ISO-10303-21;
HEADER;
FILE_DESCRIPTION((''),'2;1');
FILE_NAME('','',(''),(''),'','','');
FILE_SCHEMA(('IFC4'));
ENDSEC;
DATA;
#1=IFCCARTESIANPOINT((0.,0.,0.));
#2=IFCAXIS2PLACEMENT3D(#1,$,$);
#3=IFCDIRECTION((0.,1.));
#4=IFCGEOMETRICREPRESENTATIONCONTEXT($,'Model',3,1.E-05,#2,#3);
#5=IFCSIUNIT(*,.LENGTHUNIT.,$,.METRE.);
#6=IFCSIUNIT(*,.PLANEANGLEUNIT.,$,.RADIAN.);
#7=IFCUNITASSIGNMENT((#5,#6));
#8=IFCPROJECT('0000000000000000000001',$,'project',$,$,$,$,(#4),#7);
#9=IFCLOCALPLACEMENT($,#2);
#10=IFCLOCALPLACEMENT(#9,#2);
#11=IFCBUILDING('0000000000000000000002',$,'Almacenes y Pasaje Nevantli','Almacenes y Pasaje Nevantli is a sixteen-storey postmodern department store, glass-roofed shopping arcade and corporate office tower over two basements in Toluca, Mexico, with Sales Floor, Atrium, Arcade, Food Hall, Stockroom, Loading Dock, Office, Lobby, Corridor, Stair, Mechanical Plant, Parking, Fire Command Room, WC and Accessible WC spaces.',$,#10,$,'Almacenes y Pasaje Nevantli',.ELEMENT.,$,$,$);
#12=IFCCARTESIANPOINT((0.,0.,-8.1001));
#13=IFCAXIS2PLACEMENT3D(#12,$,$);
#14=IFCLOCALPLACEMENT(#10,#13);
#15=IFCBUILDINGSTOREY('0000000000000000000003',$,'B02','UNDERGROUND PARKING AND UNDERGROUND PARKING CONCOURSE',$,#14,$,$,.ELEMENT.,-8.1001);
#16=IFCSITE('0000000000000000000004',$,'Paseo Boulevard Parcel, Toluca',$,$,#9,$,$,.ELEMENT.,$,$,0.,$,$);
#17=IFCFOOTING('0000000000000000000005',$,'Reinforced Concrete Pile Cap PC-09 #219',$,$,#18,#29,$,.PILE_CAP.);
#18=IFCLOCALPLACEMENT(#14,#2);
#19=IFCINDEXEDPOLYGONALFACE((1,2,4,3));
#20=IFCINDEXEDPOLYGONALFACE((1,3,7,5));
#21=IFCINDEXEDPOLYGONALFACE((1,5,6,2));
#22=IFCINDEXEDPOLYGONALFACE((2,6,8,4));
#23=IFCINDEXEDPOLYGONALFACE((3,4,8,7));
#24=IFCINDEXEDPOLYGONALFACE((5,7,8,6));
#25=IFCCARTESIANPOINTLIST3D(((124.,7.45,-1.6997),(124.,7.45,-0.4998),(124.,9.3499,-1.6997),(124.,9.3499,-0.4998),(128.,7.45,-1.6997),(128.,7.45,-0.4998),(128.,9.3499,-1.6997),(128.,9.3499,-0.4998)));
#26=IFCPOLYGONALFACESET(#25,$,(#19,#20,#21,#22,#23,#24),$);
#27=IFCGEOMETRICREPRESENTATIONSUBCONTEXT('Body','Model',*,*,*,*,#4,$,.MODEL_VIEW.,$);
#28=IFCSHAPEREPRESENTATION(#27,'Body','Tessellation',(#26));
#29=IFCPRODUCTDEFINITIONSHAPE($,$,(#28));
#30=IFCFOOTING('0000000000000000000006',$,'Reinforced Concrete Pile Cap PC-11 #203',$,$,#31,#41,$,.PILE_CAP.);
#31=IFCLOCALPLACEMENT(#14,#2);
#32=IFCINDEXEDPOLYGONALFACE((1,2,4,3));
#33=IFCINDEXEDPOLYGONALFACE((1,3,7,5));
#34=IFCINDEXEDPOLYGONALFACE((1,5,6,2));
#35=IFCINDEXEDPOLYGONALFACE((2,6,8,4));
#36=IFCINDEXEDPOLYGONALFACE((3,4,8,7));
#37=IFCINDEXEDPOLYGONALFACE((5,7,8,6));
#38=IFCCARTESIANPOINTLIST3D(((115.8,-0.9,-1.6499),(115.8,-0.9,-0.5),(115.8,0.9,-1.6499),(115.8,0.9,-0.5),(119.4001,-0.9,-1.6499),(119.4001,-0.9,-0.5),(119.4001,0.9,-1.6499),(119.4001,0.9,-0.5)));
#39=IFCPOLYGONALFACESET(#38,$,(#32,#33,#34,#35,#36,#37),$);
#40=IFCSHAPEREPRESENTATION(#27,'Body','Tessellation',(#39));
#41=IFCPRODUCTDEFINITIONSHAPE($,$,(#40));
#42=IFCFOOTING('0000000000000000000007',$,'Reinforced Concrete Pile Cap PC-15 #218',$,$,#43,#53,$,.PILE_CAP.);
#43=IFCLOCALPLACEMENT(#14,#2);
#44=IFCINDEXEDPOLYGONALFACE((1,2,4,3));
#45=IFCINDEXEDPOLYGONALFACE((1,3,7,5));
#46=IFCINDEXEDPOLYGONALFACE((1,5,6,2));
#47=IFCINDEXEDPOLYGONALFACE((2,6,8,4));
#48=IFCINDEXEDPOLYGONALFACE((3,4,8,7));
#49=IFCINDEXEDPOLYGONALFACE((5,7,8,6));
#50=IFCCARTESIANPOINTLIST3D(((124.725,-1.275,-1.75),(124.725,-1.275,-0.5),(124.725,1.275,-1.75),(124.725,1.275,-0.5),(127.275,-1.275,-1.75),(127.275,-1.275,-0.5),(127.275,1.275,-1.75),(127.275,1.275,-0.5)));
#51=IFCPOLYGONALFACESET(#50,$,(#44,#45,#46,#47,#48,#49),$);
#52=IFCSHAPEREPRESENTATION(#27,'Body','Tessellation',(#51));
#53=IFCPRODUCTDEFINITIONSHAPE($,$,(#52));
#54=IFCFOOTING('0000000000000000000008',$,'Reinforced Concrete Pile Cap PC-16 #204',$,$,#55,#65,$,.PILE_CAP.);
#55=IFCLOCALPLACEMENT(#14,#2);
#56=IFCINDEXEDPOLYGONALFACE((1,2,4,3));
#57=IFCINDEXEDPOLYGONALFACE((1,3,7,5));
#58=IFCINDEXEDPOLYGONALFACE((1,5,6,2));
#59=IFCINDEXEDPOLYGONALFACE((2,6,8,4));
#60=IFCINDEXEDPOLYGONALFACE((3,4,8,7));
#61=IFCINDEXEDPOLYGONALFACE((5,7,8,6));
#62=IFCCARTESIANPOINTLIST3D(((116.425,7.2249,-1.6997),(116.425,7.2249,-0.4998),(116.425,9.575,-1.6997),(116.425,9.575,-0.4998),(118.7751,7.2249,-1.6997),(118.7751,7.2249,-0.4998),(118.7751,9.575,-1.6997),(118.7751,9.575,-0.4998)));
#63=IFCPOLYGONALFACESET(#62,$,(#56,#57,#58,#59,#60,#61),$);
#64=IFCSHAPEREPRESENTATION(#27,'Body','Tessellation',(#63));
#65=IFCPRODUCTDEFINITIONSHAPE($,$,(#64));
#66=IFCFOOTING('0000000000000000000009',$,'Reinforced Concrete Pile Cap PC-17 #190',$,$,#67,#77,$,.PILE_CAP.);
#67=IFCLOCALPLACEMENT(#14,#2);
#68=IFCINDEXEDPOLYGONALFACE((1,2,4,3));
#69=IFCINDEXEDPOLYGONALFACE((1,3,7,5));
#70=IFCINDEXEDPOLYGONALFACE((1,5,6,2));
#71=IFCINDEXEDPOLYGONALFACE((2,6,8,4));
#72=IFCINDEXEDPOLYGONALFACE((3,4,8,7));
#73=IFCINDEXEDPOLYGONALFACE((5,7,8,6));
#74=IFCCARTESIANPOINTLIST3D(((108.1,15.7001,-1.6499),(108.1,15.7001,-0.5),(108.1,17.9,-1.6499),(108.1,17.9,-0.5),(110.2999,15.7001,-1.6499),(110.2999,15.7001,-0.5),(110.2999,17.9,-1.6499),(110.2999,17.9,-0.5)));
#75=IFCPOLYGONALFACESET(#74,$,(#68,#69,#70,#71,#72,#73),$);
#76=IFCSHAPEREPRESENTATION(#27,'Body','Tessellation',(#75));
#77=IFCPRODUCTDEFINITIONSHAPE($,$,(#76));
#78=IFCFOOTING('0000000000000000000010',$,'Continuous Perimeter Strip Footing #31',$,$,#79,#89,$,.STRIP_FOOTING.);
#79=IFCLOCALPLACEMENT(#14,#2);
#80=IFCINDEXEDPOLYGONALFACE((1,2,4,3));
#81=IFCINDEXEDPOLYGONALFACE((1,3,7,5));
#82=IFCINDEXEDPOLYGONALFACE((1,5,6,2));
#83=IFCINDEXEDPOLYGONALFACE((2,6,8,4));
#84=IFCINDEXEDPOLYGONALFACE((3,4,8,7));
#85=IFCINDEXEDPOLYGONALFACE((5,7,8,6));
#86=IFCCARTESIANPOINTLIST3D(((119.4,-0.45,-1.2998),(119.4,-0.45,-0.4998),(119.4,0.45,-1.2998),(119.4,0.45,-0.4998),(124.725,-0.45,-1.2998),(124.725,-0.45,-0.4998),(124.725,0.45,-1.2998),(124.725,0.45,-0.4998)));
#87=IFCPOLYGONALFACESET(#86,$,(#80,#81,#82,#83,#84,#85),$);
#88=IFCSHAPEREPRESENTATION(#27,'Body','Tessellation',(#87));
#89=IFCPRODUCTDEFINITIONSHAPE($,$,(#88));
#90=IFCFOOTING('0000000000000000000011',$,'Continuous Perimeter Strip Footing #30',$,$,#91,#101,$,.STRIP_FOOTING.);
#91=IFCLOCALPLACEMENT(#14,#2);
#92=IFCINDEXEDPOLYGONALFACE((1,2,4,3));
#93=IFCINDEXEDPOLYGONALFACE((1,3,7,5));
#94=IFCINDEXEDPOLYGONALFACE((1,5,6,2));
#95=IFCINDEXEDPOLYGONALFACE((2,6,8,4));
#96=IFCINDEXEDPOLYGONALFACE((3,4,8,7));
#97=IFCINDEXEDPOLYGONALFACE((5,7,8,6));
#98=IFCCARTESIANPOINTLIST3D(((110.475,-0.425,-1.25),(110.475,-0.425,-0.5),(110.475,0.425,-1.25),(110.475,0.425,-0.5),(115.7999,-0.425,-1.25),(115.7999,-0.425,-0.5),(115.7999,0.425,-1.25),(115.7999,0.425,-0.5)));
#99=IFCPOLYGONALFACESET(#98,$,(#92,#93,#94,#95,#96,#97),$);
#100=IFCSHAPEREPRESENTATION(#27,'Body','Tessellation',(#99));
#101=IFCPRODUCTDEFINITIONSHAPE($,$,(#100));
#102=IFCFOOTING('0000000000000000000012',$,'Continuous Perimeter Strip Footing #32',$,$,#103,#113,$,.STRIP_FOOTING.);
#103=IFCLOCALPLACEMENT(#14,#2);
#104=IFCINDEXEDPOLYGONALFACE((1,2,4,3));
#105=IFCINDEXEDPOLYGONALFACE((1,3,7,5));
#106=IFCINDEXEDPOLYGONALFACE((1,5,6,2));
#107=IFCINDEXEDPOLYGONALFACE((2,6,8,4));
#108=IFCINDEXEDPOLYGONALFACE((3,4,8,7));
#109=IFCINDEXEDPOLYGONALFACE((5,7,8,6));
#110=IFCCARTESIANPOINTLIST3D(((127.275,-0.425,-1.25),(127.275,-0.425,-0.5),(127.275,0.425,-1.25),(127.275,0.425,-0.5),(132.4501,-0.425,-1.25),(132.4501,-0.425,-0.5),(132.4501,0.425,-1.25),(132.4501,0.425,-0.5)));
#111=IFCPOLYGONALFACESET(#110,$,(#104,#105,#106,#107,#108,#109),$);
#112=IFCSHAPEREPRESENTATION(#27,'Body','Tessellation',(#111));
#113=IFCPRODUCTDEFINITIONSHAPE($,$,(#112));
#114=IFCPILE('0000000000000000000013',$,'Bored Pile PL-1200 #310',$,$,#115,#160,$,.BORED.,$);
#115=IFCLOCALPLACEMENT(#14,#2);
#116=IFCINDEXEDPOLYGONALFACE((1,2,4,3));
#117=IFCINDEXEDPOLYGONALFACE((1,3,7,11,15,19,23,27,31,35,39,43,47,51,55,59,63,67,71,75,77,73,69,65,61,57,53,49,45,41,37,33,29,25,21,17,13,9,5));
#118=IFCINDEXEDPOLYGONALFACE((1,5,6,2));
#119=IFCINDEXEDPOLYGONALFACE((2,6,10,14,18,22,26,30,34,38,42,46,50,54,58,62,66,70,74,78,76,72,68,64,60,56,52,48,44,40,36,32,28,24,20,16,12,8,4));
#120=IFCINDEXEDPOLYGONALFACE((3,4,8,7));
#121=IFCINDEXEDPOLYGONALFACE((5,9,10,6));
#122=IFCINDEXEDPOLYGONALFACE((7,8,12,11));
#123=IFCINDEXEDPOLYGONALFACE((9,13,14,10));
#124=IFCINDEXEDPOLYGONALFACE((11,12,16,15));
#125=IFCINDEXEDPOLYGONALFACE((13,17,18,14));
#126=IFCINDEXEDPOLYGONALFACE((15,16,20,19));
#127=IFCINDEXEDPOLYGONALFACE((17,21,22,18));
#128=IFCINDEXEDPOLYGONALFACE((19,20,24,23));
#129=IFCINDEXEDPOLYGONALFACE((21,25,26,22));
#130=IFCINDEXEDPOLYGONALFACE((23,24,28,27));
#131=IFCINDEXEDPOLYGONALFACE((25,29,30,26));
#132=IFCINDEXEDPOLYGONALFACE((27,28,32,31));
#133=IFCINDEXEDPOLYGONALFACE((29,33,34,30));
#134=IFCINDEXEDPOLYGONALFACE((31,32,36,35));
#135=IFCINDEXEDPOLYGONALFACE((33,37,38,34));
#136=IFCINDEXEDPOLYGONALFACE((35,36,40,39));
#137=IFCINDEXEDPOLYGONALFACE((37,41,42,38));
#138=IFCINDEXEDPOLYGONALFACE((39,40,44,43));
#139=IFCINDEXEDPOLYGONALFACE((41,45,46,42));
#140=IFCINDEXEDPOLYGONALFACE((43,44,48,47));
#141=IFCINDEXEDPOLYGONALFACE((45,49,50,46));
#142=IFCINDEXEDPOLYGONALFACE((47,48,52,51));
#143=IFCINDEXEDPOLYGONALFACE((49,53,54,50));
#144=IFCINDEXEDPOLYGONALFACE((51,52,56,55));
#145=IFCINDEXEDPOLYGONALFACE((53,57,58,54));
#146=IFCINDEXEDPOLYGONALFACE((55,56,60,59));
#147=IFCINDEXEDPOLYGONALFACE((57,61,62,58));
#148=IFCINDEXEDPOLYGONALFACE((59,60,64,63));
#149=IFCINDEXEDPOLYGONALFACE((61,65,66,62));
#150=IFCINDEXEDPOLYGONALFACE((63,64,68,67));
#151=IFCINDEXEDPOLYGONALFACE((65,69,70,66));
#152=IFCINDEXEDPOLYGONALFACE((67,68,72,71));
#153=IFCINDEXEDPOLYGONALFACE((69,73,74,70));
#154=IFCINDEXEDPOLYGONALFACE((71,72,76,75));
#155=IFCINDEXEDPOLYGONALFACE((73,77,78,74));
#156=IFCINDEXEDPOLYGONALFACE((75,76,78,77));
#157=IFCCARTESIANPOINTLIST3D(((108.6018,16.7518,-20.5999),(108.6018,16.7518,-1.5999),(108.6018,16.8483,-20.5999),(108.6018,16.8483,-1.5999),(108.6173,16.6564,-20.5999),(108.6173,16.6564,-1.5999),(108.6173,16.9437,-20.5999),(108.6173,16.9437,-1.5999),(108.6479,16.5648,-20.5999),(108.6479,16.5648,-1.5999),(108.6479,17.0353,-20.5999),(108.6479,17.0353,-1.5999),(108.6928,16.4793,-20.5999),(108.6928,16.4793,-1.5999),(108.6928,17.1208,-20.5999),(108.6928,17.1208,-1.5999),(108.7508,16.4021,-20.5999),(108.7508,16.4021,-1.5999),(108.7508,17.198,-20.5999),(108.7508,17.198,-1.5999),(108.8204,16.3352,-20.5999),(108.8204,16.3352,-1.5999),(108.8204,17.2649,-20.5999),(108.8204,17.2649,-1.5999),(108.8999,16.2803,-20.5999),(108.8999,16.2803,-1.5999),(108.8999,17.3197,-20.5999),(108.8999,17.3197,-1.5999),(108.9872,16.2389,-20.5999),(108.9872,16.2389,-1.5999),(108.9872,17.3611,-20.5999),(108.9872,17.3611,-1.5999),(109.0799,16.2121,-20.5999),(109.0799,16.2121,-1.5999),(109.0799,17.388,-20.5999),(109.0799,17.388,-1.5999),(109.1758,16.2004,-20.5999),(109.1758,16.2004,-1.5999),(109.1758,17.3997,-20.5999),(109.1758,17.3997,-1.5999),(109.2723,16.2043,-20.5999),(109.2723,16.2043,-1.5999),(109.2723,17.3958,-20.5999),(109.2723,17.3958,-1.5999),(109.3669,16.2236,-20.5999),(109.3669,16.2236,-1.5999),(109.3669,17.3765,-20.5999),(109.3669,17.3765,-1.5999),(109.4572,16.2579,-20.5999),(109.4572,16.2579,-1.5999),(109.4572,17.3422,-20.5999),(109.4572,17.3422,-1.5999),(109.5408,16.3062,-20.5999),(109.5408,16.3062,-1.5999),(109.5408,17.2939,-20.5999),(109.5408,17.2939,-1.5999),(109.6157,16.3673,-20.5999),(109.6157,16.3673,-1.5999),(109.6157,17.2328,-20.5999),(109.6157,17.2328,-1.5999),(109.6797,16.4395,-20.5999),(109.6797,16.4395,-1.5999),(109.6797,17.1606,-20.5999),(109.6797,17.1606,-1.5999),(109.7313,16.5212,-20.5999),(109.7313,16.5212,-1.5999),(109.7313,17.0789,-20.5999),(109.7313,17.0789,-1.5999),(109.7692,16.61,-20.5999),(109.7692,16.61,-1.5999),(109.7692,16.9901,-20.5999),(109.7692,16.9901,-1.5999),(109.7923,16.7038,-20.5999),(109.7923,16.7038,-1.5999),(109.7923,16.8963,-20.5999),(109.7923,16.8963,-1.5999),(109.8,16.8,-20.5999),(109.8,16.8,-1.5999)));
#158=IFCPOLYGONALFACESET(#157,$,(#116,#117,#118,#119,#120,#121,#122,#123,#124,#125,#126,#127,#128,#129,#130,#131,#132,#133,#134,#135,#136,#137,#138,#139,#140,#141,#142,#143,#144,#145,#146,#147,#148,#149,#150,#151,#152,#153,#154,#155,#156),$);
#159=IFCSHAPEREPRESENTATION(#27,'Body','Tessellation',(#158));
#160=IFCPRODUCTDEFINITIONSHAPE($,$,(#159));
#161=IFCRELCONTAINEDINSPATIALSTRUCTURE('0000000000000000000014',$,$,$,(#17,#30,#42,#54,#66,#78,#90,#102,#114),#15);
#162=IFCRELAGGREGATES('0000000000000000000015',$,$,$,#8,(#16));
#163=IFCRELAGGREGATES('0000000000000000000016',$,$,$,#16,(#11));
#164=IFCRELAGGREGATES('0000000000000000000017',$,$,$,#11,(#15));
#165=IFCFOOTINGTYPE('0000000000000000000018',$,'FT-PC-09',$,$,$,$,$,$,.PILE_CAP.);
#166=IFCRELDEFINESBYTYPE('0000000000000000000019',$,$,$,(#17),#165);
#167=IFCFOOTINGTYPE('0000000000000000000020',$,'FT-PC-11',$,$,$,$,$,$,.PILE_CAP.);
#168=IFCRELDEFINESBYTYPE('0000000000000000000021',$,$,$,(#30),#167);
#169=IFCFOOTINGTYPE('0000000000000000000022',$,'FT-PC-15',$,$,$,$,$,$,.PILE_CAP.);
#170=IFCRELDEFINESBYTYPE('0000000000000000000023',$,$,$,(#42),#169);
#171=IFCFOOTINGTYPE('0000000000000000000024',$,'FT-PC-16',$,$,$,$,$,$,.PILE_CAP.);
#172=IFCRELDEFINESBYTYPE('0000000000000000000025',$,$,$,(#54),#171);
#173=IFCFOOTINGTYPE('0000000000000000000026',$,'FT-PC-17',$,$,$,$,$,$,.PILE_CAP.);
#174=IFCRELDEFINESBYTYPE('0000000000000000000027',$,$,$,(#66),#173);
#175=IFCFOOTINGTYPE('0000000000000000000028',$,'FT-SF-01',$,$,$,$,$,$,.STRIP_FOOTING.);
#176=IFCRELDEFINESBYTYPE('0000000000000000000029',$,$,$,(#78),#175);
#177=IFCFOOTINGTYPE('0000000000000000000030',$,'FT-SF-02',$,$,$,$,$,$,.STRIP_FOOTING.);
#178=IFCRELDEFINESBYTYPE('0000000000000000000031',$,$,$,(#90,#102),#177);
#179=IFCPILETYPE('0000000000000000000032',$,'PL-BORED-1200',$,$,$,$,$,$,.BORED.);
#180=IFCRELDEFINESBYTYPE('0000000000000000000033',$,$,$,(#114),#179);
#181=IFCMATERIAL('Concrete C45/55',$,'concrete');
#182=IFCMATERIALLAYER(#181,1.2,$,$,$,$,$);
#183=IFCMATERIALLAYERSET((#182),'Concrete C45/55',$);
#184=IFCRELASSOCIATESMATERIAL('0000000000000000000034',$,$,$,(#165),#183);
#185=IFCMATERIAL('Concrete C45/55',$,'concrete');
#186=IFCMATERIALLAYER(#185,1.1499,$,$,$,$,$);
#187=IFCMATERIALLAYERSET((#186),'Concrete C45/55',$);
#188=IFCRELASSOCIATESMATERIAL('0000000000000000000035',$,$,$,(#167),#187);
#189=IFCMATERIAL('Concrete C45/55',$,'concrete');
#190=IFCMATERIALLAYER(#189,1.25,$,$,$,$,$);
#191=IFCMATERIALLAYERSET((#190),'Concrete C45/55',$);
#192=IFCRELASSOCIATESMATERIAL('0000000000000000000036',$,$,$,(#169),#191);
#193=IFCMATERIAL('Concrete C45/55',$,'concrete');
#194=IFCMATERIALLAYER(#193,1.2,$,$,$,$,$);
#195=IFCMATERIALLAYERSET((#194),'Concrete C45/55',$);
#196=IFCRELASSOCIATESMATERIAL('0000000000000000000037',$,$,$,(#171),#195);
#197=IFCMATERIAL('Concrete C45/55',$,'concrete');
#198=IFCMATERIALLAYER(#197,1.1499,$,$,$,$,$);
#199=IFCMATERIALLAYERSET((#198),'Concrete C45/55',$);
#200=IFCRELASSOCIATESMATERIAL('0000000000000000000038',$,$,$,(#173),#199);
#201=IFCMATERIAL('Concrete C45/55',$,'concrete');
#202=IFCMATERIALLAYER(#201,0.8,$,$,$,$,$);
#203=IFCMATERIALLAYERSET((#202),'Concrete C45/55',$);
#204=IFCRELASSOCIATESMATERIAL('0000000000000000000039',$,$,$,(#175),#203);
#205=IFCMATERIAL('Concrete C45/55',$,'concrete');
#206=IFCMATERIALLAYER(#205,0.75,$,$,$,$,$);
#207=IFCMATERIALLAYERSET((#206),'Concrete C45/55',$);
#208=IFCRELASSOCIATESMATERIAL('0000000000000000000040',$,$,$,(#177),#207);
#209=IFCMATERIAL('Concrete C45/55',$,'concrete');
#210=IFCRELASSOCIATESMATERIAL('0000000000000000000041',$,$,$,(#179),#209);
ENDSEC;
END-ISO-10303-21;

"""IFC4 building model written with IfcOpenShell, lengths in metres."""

from ifc_helpers import new_model, si_unit, direction, frame, origin, origin_2d, place, context, subcontext, project, spatial, rectangle, circle, extrude, material, layer, layer_set, material_profile, profile_set, type_object, element, save


model = new_model("IFC4")

# Units and contexts
model_context = context("Model", 3, precision=1e-05, world=origin(), true_north=direction((0.0, 1.0)))
body_context = subcontext(model_context, "Body", "Model", "MODEL_VIEW")
ifc_project = project(units=[si_unit("LENGTHUNIT", "METRE"), si_unit("PLANEANGLEUNIT", "RADIAN")], contexts=[model_context])

# Site, building, storey
site_placement = place(None, origin())
site = spatial("IfcSite", under=ifc_project, at=site_placement, Name="Paseo Boulevard Parcel, Toluca", CompositionType="ELEMENT", RefElevation=0.0)
building_placement = place(site_placement, origin())
building = spatial("IfcBuilding", under=site, at=building_placement, Name="Almacenes y Pasaje Nevantli", Description="Almacenes y Pasaje Nevantli is a sixteen-storey postmodern department store, glass-roofed shopping arcade and corporate office tower over two basements in Toluca, Mexico, with Sales Floor, Atrium, Arcade, Food Hall, Stockroom, Loading Dock, Office, Lobby, Corridor, Stair, Mechanical Plant, Parking, Fire Command Room, WC and Accessible WC spaces.", LongName="Almacenes y Pasaje Nevantli", CompositionType="ELEMENT")
storey_placement = place(building_placement, frame((0.0, 0.0, -8.1001)))
storey = spatial("IfcBuildingStorey", under=building, at=storey_placement, Name="B02", Description="UNDERGROUND PARKING AND UNDERGROUND PARKING CONCOURSE", CompositionType="ELEMENT", Elevation=-8.1001)

# Footings
ifc_material_1 = material(Name="Concrete C45/55", Category="concrete")
ifc_layer_1 = layer(ifc_material_1, 1.2)
ifc_layer_set_1 = layer_set([ifc_layer_1], Name="Concrete C45/55")
footing_type_1 = type_object("IfcFootingType", Name="FT-PC-09", PredefinedType="PILE_CAP", material=ifc_layer_set_1)
footing_1_placement = place(storey_placement, frame((126.0, 8.3999, -1.6997), z_axis=(0.0, 0.0, 1.0), x_axis=(1.0, 0.0, 0.0)))
element("IfcFooting", 1, at=footing_1_placement, inside=storey, type_object=footing_type_1, Name="Reinforced Concrete Pile Cap PC-09 #219", PredefinedType="PILE_CAP", context=body_context, shape_type="SweptSolid", body=[
    extrude(rectangle(XDim=4.0, YDim=1.8999, at=origin_2d()), origin(), (0.0, 0.0, 1.0), 1.2),
])
ifc_material_2 = material(Name="Concrete C45/55", Category="concrete")
ifc_layer_2 = layer(ifc_material_2, 1.1499)
ifc_layer_set_2 = layer_set([ifc_layer_2], Name="Concrete C45/55")
footing_type_2 = type_object("IfcFootingType", Name="FT-PC-11", PredefinedType="PILE_CAP", material=ifc_layer_set_2)
footing_2_placement = place(storey_placement, frame((117.6001, 0.0, -1.6499), z_axis=(0.0, 0.0, 1.0), x_axis=(1.0, 0.0, 0.0)))
element("IfcFooting", 2, at=footing_2_placement, inside=storey, type_object=footing_type_2, Name="Reinforced Concrete Pile Cap PC-11 #203", PredefinedType="PILE_CAP", context=body_context, shape_type="SweptSolid", body=[
    extrude(rectangle(XDim=3.6001, YDim=1.8, at=origin_2d()), origin(), (0.0, 0.0, 1.0), 1.1499),
])
ifc_material_3 = material(Name="Concrete C45/55", Category="concrete")
ifc_layer_3 = layer(ifc_material_3, 1.25)
ifc_layer_set_3 = layer_set([ifc_layer_3], Name="Concrete C45/55")
footing_type_3 = type_object("IfcFootingType", Name="FT-PC-15", PredefinedType="PILE_CAP", material=ifc_layer_set_3)
footing_3_placement = place(storey_placement, frame((126.0, 0.0, -1.75), z_axis=(0.0, 0.0, 1.0), x_axis=(1.0, 0.0, 0.0)))
element("IfcFooting", 3, at=footing_3_placement, inside=storey, type_object=footing_type_3, Name="Reinforced Concrete Pile Cap PC-15 #218", PredefinedType="PILE_CAP", context=body_context, shape_type="SweptSolid", body=[
    extrude(rectangle(XDim=2.55, YDim=2.55, at=origin_2d()), origin(), (0.0, 0.0, 1.0), 1.25),
])
ifc_material_4 = material(Name="Concrete C45/55", Category="concrete")
ifc_layer_4 = layer(ifc_material_4, 1.2)
ifc_layer_set_4 = layer_set([ifc_layer_4], Name="Concrete C45/55")
footing_type_4 = type_object("IfcFootingType", Name="FT-PC-16", PredefinedType="PILE_CAP", material=ifc_layer_set_4)
footing_4_placement = place(storey_placement, frame((117.6001, 8.3999, -1.6997), z_axis=(0.0, 0.0, 1.0), x_axis=(1.0, 0.0, 0.0)))
element("IfcFooting", 4, at=footing_4_placement, inside=storey, type_object=footing_type_4, Name="Reinforced Concrete Pile Cap PC-16 #204", PredefinedType="PILE_CAP", context=body_context, shape_type="SweptSolid", body=[
    extrude(rectangle(XDim=2.3501, YDim=2.3501, at=origin_2d()), origin(), (0.0, 0.0, 1.0), 1.2),
])
ifc_material_5 = material(Name="Concrete C45/55", Category="concrete")
ifc_layer_5 = layer(ifc_material_5, 1.1499)
ifc_layer_set_5 = layer_set([ifc_layer_5], Name="Concrete C45/55")
footing_type_5 = type_object("IfcFootingType", Name="FT-PC-17", PredefinedType="PILE_CAP", material=ifc_layer_set_5)
footing_5_placement = place(storey_placement, frame((109.2, 16.8, -1.6499), z_axis=(0.0, 0.0, 1.0), x_axis=(1.0, 0.0, 0.0)))
element("IfcFooting", 5, at=footing_5_placement, inside=storey, type_object=footing_type_5, Name="Reinforced Concrete Pile Cap PC-17 #190", PredefinedType="PILE_CAP", context=body_context, shape_type="SweptSolid", body=[
    extrude(rectangle(XDim=2.2, YDim=2.2, at=origin_2d()), origin(), (0.0, 0.0, 1.0), 1.1499),
])
ifc_material_6 = material(Name="Concrete C45/55", Category="concrete")
ifc_layer_6 = layer(ifc_material_6, 0.8)
ifc_layer_set_6 = layer_set([ifc_layer_6], Name="Concrete C45/55")
footing_type_6 = type_object("IfcFootingType", Name="FT-SF-01", PredefinedType="STRIP_FOOTING", material=ifc_layer_set_6)
footing_6_placement = place(storey_placement, frame((122.0625, 0.0, -1.2998), z_axis=(0.0, 0.0, 1.0), x_axis=(1.0, 0.0, 0.0)))
element("IfcFooting", 6, at=footing_6_placement, inside=storey, type_object=footing_type_6, Name="Continuous Perimeter Strip Footing #31", PredefinedType="STRIP_FOOTING", context=body_context, shape_type="SweptSolid", body=[
    extrude(rectangle(XDim=5.325, YDim=0.8999, at=origin_2d()), origin(), (0.0, 0.0, 1.0), 0.8),
])
ifc_material_7 = material(Name="Concrete C45/55", Category="concrete")
ifc_layer_7 = layer(ifc_material_7, 0.75)
ifc_layer_set_7 = layer_set([ifc_layer_7], Name="Concrete C45/55")
footing_type_7 = type_object("IfcFootingType", Name="FT-SF-02", PredefinedType="STRIP_FOOTING", material=ifc_layer_set_7)
footing_7_placement = place(storey_placement, frame((113.1375, 0.0, -1.25), z_axis=(0.0, 0.0, 1.0), x_axis=(1.0, 0.0, 0.0)))
element("IfcFooting", 7, at=footing_7_placement, inside=storey, type_object=footing_type_7, Name="Continuous Perimeter Strip Footing #30", PredefinedType="STRIP_FOOTING", context=body_context, shape_type="SweptSolid", body=[
    extrude(rectangle(XDim=5.325, YDim=0.8501, at=origin_2d()), origin(), (0.0, 0.0, 1.0), 0.75),
])
footing_8_placement = place(storey_placement, frame((129.8625, 0.0, -1.25), z_axis=(0.0, 0.0, 1.0), x_axis=(1.0, 0.0, 0.0)))
element("IfcFooting", 8, at=footing_8_placement, inside=storey, type_object=footing_type_7, Name="Continuous Perimeter Strip Footing #32", PredefinedType="STRIP_FOOTING", context=body_context, shape_type="SweptSolid", body=[
    extrude(rectangle(XDim=5.175, YDim=0.8501, at=origin_2d()), origin(), (0.0, 0.0, 1.0), 0.75),
])

# Pile
ifc_material_8 = material(Name="Concrete C45/55", Category="concrete")
ifc_material_profile_1 = material_profile(ifc_material_8, circle(Radius=0.6001, at=origin_2d()), Name="RC-PILE-D1200")
ifc_profile_set_1 = profile_set([ifc_material_profile_1], Name="Concrete C45/55")
pile_type_1 = type_object("IfcPileType", Name="PL-BORED-1200", PredefinedType="BORED", material=ifc_profile_set_1)
for number, where, z_axis, x_axis, name in (
    (9, (109.2, 16.8, -1.5999), (0.0, 0.0, -1.0), (1.0, 0.0, 0.0), "Bored Pile PL-1200 #310"),
):
    element("IfcPile", number, at=place(storey_placement, frame(where, z_axis=z_axis, x_axis=x_axis)), inside=storey, type_object=pile_type_1, Name=name, PredefinedType="BORED", context=body_context, shape_type="SweptSolid", body=[
        extrude(circle(Radius=0.6001, at=origin_2d()), origin(), (0.0, 0.0, 1.0), 19.0),
    ])

save(model, "model.ifc")
